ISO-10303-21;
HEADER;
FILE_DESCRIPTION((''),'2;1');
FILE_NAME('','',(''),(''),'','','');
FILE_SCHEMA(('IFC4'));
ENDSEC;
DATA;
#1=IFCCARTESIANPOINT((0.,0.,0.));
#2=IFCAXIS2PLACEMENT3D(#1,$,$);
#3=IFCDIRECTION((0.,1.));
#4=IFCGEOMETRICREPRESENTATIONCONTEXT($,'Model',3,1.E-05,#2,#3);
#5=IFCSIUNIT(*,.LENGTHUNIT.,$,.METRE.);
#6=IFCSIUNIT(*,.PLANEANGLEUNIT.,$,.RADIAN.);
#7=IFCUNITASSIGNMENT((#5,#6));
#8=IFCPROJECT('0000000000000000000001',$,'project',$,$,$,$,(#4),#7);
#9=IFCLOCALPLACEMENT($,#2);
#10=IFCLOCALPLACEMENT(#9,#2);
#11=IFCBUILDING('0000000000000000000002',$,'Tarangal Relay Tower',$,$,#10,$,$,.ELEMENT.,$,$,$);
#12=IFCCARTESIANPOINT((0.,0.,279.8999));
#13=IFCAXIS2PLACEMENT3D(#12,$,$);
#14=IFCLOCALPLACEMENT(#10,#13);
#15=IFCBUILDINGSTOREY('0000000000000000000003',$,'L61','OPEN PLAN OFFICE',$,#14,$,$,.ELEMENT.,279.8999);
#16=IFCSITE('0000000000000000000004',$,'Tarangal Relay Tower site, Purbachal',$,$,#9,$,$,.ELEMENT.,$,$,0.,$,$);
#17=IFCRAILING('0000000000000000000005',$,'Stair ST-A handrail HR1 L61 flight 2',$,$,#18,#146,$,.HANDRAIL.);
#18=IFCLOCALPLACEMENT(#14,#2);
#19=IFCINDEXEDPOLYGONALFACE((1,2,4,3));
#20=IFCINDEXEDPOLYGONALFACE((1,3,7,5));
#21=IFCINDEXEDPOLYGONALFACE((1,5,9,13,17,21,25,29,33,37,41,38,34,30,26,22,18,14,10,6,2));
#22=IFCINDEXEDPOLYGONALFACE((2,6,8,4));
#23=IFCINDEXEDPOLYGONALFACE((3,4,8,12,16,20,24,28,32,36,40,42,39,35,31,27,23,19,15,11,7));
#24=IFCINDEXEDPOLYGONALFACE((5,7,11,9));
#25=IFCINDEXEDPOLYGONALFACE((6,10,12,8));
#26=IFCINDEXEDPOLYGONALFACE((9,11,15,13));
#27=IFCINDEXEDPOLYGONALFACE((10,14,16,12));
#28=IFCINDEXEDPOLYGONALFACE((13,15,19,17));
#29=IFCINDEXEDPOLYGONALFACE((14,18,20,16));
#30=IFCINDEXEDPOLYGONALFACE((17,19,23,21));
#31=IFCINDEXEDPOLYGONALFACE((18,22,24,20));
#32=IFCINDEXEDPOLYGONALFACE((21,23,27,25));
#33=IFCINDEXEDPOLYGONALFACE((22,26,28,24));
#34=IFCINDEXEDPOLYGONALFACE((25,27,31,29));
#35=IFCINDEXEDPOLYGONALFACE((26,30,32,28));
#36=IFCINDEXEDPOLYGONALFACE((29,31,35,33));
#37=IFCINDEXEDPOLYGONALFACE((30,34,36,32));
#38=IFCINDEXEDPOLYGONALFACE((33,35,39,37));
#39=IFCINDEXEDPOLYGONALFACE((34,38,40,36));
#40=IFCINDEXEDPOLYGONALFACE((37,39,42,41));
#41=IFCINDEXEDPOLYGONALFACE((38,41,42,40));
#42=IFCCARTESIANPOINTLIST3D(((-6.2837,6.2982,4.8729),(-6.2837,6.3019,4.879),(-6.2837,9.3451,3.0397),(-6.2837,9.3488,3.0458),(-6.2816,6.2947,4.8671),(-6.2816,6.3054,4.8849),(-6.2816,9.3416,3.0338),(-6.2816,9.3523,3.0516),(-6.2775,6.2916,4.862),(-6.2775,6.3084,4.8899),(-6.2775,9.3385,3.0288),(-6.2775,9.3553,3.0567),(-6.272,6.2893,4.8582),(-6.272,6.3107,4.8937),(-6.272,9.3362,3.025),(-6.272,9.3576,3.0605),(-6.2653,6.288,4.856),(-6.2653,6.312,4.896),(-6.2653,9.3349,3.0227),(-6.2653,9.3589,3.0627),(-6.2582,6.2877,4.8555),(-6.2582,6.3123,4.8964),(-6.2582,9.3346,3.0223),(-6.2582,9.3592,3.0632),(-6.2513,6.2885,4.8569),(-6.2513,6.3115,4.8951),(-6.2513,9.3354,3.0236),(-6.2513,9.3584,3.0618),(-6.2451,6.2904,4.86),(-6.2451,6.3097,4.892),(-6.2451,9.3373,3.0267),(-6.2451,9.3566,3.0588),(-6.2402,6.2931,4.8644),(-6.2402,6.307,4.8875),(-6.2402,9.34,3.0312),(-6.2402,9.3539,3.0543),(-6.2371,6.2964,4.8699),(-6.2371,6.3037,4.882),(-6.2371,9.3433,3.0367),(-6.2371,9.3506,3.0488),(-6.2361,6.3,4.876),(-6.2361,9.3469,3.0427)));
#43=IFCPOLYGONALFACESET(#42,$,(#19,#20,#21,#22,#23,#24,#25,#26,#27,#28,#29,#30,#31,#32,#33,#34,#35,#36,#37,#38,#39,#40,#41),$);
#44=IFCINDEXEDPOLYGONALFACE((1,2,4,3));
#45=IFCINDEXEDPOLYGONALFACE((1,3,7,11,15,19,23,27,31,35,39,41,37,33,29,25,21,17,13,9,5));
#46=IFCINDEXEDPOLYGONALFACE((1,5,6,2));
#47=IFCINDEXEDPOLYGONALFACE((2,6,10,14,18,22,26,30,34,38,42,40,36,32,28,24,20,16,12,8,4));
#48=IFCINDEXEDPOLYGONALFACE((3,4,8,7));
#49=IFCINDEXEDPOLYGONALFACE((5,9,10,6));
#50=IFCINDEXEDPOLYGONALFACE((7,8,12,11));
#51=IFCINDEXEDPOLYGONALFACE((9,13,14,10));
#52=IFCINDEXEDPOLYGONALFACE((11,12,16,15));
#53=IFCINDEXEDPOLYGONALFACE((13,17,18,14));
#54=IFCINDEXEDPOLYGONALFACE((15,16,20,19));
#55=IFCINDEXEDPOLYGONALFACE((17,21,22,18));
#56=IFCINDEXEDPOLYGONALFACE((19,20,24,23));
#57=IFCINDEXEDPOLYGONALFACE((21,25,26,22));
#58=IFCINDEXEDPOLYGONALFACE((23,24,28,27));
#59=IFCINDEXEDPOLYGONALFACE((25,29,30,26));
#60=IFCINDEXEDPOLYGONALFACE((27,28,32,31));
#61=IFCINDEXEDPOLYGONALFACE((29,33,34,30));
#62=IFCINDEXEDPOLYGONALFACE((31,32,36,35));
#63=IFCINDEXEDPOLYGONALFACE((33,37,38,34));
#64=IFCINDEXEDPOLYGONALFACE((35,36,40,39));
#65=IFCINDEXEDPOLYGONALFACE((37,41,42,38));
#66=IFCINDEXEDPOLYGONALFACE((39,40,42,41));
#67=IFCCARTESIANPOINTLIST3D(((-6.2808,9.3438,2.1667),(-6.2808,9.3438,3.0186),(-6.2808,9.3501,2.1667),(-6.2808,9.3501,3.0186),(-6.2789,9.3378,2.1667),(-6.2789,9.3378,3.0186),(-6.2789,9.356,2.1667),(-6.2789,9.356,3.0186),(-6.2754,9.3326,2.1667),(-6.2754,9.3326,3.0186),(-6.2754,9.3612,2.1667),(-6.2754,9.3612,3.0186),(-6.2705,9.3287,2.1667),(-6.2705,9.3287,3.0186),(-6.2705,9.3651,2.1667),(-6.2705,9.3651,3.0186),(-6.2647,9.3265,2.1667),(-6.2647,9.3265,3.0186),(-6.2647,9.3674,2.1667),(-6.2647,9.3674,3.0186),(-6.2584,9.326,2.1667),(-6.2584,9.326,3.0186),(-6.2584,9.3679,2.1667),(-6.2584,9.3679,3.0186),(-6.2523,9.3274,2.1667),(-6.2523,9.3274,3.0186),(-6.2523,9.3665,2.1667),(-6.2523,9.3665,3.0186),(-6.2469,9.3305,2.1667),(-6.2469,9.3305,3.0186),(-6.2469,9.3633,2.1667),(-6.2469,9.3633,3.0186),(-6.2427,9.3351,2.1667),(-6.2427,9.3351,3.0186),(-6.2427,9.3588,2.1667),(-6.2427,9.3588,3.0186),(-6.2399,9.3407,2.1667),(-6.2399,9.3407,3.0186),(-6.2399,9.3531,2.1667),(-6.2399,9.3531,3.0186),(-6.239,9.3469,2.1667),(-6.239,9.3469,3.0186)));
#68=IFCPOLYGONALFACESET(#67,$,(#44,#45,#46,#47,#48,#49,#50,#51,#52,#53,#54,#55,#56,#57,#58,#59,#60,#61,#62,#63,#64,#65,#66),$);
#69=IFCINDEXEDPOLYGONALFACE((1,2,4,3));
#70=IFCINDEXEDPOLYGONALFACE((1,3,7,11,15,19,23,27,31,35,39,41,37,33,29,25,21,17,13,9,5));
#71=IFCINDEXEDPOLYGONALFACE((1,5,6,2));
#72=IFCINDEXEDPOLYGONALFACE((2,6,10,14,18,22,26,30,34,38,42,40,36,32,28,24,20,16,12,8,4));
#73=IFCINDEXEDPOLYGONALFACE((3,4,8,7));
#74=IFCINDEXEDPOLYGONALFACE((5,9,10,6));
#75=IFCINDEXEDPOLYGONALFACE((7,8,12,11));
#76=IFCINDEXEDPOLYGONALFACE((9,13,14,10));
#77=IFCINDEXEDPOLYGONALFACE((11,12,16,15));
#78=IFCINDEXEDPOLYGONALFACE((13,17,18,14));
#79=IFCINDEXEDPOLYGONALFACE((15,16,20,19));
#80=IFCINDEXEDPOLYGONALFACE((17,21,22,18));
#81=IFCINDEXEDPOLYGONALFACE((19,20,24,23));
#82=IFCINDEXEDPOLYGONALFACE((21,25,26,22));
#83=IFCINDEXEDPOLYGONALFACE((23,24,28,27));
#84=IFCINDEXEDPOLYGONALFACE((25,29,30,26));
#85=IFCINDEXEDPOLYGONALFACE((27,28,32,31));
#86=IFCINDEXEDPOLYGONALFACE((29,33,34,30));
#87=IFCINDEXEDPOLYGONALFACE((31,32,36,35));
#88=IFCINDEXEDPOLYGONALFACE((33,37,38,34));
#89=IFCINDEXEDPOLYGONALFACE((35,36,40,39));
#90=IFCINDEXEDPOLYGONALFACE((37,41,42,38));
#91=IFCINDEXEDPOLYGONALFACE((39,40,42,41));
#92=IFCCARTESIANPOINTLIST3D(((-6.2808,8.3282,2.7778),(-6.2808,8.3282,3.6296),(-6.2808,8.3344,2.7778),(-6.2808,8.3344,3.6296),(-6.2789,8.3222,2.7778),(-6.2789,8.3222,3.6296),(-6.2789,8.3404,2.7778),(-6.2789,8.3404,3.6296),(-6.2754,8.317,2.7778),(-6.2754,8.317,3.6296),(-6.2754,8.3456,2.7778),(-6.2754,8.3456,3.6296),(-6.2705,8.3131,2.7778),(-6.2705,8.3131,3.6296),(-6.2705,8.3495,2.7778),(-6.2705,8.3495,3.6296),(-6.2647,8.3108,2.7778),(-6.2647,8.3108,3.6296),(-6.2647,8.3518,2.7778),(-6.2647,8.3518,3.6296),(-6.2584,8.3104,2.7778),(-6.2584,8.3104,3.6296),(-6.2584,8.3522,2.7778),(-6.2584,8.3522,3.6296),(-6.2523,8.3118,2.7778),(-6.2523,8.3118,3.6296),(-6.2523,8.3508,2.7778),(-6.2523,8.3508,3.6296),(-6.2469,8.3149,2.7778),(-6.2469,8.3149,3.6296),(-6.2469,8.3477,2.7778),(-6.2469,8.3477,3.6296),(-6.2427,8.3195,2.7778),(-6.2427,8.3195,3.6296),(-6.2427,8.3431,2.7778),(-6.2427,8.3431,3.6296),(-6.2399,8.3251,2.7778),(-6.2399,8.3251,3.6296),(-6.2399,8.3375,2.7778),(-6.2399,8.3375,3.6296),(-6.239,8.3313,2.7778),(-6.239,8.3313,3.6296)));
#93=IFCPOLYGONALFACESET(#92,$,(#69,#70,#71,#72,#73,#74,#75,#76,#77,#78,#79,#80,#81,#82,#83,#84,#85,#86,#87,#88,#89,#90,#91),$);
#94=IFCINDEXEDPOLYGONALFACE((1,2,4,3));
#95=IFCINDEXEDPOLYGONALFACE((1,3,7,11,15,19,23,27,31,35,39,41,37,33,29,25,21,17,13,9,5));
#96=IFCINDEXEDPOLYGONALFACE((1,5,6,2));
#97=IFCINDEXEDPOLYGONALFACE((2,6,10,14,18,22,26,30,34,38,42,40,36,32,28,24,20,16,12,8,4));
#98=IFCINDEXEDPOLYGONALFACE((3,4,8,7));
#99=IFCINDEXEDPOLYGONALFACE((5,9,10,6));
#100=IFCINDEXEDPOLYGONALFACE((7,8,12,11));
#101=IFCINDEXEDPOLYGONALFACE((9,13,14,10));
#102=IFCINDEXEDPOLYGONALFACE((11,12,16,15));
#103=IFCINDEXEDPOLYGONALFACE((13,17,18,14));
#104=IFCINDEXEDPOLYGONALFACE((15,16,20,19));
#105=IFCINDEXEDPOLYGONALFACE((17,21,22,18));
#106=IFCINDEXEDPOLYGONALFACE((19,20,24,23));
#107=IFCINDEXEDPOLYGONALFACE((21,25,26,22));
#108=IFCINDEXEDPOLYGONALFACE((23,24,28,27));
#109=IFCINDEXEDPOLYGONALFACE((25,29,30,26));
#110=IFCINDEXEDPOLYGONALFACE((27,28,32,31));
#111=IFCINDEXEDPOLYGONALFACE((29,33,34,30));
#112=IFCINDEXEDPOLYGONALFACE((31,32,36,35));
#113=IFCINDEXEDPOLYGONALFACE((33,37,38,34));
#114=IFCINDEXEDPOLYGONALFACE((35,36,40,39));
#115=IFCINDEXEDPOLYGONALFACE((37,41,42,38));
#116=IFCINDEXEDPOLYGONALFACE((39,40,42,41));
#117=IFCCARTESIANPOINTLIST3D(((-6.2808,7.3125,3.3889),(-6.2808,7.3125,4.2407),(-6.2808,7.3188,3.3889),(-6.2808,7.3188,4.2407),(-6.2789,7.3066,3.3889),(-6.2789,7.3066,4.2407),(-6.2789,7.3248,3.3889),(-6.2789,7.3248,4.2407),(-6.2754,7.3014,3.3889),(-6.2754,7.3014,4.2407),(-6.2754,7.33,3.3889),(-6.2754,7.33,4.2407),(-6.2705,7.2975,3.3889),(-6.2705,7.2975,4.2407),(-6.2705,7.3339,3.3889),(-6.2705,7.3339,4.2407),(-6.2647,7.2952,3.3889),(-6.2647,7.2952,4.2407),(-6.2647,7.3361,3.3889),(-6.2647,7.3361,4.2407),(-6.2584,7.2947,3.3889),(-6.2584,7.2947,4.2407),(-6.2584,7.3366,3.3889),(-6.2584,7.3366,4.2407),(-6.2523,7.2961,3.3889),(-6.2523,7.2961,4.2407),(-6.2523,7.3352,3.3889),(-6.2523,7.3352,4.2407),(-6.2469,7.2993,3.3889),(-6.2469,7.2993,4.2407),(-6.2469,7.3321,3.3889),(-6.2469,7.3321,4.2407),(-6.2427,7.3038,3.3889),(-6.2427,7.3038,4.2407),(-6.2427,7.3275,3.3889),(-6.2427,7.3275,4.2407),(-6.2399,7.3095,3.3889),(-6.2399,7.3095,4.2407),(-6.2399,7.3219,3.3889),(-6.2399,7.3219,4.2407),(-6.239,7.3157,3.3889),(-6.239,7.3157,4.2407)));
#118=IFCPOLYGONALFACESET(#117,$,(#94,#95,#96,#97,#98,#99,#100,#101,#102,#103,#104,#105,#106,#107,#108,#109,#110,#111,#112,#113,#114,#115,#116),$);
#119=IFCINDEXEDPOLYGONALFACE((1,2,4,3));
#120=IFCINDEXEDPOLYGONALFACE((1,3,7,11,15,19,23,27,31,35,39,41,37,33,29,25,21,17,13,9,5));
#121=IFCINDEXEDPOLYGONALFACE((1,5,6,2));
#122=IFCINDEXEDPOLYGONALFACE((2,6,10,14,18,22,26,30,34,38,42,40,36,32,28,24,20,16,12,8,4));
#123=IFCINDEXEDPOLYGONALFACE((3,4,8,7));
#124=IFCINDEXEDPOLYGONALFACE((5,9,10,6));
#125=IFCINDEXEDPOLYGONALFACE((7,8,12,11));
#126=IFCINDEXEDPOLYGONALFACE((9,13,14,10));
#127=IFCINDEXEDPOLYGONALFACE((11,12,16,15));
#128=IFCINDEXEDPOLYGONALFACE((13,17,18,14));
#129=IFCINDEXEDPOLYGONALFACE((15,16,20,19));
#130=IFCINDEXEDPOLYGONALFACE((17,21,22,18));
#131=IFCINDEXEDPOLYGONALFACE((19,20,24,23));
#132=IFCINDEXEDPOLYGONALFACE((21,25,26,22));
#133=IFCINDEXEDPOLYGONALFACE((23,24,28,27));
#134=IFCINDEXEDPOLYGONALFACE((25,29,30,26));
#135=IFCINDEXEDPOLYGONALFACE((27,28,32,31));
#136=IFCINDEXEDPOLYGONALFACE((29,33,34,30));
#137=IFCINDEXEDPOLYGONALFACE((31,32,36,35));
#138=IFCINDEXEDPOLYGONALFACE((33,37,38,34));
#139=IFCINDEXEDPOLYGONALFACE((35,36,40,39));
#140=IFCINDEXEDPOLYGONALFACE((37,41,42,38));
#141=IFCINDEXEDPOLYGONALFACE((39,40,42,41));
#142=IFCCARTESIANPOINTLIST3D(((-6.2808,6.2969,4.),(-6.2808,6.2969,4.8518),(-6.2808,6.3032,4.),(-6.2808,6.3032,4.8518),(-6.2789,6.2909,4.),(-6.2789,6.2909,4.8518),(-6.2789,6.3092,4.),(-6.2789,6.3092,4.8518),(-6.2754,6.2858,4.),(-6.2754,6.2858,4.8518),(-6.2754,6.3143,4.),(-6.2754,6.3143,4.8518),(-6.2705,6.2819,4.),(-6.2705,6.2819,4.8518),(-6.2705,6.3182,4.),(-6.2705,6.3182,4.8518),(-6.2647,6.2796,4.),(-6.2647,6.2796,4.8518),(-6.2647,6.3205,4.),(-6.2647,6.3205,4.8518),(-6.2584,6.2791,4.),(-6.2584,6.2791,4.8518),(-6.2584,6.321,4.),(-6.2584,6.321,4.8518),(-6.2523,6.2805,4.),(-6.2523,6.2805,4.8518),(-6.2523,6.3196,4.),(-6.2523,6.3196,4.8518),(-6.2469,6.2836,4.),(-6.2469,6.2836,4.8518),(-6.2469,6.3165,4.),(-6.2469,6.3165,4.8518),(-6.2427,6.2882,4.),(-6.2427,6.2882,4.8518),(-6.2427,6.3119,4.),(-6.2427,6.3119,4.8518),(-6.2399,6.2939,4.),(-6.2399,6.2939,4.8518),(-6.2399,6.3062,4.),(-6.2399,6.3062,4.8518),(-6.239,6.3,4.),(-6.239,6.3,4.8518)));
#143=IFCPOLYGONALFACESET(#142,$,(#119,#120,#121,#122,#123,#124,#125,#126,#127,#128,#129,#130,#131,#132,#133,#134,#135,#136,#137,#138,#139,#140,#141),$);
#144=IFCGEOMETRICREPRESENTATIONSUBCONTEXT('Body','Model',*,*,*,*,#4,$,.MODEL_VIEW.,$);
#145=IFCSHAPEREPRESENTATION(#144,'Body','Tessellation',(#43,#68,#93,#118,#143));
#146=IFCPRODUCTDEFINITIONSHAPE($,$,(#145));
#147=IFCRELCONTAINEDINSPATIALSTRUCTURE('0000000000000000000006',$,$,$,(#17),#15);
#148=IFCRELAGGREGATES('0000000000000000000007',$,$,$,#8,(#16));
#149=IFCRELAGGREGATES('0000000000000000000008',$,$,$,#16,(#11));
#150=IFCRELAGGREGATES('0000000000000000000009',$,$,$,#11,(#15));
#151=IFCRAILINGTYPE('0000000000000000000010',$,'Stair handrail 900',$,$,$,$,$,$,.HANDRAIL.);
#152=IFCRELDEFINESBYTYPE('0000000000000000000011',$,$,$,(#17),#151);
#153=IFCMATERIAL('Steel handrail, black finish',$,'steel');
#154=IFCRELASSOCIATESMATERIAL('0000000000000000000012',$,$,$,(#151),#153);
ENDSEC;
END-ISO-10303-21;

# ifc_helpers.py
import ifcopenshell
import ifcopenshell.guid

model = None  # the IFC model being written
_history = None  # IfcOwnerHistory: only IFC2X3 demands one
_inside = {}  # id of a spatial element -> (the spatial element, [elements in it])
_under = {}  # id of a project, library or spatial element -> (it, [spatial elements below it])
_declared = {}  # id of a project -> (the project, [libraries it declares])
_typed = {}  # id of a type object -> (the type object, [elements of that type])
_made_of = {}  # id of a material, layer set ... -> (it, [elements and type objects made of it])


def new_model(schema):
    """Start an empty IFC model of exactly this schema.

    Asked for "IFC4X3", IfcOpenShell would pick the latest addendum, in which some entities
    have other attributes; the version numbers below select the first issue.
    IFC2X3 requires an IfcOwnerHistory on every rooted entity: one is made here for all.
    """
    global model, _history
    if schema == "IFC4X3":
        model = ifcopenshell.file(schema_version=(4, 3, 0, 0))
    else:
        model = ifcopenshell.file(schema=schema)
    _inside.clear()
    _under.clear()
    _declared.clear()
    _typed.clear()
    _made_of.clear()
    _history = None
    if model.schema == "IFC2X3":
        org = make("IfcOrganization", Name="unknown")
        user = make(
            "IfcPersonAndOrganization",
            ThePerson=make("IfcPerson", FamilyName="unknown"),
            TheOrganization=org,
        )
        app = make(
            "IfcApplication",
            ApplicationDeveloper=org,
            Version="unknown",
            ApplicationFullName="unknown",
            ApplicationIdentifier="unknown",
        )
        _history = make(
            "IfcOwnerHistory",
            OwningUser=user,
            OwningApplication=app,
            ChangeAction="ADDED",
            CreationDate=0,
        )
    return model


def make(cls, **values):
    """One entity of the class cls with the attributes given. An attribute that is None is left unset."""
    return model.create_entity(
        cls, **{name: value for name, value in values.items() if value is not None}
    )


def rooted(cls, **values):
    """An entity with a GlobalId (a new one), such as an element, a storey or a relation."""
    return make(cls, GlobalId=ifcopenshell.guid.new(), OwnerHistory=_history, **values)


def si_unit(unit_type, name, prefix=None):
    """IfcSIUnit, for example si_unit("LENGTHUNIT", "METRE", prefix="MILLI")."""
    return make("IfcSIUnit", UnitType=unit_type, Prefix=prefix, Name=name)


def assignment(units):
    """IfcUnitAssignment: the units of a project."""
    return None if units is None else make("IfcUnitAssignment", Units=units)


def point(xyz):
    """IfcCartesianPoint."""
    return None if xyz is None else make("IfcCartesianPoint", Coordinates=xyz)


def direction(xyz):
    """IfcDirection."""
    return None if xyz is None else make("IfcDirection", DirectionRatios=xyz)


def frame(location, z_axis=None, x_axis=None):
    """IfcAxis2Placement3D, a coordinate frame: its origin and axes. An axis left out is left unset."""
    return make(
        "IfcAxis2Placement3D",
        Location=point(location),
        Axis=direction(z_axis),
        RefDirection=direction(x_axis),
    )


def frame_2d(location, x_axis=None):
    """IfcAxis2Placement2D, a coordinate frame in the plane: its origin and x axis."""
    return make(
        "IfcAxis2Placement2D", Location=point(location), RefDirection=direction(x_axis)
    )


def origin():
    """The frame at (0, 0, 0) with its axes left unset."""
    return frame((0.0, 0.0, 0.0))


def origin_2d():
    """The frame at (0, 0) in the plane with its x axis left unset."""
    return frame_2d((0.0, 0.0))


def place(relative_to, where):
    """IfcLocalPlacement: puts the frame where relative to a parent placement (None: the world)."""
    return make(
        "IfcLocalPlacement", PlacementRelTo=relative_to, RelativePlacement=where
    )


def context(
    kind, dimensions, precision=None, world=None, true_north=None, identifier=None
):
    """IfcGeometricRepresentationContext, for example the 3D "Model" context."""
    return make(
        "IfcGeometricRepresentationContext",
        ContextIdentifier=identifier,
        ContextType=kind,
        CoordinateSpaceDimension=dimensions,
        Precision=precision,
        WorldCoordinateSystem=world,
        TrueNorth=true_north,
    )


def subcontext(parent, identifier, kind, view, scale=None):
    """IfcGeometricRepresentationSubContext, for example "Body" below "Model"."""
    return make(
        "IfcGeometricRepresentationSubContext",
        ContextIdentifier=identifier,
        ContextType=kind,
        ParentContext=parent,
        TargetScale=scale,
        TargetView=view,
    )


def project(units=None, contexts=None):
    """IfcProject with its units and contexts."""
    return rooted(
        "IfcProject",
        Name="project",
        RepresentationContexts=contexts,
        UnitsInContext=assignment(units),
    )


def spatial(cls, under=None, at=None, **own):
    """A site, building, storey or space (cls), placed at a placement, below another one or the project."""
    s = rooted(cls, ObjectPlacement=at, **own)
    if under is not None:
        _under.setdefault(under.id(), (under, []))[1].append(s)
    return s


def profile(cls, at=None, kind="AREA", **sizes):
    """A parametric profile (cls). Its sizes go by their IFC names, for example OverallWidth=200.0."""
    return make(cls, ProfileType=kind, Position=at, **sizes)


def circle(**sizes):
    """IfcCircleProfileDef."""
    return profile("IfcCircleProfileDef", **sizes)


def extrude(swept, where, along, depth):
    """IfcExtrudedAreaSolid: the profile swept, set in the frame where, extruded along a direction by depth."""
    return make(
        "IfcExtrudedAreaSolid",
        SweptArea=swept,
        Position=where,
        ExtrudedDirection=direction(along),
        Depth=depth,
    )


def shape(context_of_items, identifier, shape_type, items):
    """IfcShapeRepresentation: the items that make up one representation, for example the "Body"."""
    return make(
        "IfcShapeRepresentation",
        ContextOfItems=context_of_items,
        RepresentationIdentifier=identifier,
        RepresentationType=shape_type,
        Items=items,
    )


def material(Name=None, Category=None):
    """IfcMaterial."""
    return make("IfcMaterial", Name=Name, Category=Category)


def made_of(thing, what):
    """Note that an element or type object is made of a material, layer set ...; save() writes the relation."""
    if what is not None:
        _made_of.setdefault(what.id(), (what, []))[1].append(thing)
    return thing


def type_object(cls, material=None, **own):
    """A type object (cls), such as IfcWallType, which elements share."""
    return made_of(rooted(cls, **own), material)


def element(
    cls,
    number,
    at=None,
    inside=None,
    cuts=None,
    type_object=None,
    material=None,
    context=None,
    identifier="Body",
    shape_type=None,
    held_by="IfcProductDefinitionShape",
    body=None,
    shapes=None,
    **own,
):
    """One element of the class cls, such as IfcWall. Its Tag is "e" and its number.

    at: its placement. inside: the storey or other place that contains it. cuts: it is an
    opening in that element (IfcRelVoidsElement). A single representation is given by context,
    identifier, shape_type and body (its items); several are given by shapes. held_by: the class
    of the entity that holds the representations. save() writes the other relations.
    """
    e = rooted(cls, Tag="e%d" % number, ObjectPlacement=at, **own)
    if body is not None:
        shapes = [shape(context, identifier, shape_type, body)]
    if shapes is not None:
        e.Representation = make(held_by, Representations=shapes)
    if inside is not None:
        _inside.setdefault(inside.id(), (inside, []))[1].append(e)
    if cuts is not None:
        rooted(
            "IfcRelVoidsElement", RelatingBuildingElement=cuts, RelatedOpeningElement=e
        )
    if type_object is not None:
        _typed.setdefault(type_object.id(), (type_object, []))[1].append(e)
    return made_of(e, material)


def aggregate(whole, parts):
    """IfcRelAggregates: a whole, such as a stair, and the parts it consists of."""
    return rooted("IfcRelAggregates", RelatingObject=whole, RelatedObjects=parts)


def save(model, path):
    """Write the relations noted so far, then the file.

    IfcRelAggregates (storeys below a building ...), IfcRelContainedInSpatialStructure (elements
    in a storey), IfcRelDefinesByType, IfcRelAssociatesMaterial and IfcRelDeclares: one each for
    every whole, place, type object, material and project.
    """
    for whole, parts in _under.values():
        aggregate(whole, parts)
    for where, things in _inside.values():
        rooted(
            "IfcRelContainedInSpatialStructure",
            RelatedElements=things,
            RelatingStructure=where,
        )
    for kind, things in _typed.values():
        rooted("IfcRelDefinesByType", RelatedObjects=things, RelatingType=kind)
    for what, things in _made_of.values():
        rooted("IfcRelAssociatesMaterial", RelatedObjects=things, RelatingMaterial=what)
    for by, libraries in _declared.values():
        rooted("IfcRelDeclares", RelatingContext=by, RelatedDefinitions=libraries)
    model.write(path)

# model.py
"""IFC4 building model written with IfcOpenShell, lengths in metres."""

from ifc_helpers import new_model, si_unit, direction, frame, origin, origin_2d, place, context, subcontext, project, spatial, circle, extrude, material, type_object, element, save


model = new_model("IFC4")

# Units and contexts
model_context = context("Model", 3, precision=1e-05, world=origin(), true_north=direction((0.0, 1.0)))
body_context = subcontext(model_context, "Body", "Model", "MODEL_VIEW")
ifc_project = project(units=[si_unit("LENGTHUNIT", "METRE"), si_unit("PLANEANGLEUNIT", "RADIAN")], contexts=[model_context])

# Site, building, storey
site_placement = place(None, origin())
site = spatial("IfcSite", under=ifc_project, at=site_placement, Name="Tarangal Relay Tower site, Purbachal", CompositionType="ELEMENT", RefElevation=0.0)
building_placement = place(site_placement, origin())
building = spatial("IfcBuilding", under=site, at=building_placement, Name="Tarangal Relay Tower", CompositionType="ELEMENT")
storey_placement = place(building_placement, frame((0.0, 0.0, 279.8999)))
storey = spatial("IfcBuildingStorey", under=building, at=storey_placement, Name="L61", Description="OPEN PLAN OFFICE", CompositionType="ELEMENT", Elevation=279.8999)

# Railing
ifc_material_1 = material(Name="Steel handrail, black finish", Category="steel")
railing_type_1 = type_object("IfcRailingType", Name="Stair handrail 900", PredefinedType="HANDRAIL", material=ifc_material_1)
railing_1_placement = place(storey_placement, frame((-6.26, 9.3469, 2.1667)))
element("IfcRailing", 1, at=railing_1_placement, inside=storey, type_object=railing_type_1, Name="Stair ST-A handrail HR1 L61 flight 2", PredefinedType="HANDRAIL", context=body_context, shape_type="SweptSolid", body=[
    extrude(circle(Radius=0.0239, at=origin_2d()), frame((0.0, 0.0, 0.876), z_axis=(0.0, -0.856856, 0.515556), x_axis=(1.0, 0.0, 0.0)), (0.0, 0.0, 1.0), 3.5559),
    extrude(circle(Radius=0.021, at=origin_2d()), origin(), (0.0, 0.0, 1.0), 0.8518),
    extrude(circle(Radius=0.021, at=origin_2d()), frame((0.0, -1.0156, 0.6111)), (0.0, 0.0, 1.0), 0.8518),
    extrude(circle(Radius=0.021, at=origin_2d()), frame((0.0, -2.0312, 1.2222)), (0.0, 0.0, 1.0), 0.8518),
    extrude(circle(Radius=0.021, at=origin_2d()), frame((0.0, -3.0469, 1.8333)), (0.0, 0.0, 1.0), 0.8518),
])

save(model, "model.ifc")
